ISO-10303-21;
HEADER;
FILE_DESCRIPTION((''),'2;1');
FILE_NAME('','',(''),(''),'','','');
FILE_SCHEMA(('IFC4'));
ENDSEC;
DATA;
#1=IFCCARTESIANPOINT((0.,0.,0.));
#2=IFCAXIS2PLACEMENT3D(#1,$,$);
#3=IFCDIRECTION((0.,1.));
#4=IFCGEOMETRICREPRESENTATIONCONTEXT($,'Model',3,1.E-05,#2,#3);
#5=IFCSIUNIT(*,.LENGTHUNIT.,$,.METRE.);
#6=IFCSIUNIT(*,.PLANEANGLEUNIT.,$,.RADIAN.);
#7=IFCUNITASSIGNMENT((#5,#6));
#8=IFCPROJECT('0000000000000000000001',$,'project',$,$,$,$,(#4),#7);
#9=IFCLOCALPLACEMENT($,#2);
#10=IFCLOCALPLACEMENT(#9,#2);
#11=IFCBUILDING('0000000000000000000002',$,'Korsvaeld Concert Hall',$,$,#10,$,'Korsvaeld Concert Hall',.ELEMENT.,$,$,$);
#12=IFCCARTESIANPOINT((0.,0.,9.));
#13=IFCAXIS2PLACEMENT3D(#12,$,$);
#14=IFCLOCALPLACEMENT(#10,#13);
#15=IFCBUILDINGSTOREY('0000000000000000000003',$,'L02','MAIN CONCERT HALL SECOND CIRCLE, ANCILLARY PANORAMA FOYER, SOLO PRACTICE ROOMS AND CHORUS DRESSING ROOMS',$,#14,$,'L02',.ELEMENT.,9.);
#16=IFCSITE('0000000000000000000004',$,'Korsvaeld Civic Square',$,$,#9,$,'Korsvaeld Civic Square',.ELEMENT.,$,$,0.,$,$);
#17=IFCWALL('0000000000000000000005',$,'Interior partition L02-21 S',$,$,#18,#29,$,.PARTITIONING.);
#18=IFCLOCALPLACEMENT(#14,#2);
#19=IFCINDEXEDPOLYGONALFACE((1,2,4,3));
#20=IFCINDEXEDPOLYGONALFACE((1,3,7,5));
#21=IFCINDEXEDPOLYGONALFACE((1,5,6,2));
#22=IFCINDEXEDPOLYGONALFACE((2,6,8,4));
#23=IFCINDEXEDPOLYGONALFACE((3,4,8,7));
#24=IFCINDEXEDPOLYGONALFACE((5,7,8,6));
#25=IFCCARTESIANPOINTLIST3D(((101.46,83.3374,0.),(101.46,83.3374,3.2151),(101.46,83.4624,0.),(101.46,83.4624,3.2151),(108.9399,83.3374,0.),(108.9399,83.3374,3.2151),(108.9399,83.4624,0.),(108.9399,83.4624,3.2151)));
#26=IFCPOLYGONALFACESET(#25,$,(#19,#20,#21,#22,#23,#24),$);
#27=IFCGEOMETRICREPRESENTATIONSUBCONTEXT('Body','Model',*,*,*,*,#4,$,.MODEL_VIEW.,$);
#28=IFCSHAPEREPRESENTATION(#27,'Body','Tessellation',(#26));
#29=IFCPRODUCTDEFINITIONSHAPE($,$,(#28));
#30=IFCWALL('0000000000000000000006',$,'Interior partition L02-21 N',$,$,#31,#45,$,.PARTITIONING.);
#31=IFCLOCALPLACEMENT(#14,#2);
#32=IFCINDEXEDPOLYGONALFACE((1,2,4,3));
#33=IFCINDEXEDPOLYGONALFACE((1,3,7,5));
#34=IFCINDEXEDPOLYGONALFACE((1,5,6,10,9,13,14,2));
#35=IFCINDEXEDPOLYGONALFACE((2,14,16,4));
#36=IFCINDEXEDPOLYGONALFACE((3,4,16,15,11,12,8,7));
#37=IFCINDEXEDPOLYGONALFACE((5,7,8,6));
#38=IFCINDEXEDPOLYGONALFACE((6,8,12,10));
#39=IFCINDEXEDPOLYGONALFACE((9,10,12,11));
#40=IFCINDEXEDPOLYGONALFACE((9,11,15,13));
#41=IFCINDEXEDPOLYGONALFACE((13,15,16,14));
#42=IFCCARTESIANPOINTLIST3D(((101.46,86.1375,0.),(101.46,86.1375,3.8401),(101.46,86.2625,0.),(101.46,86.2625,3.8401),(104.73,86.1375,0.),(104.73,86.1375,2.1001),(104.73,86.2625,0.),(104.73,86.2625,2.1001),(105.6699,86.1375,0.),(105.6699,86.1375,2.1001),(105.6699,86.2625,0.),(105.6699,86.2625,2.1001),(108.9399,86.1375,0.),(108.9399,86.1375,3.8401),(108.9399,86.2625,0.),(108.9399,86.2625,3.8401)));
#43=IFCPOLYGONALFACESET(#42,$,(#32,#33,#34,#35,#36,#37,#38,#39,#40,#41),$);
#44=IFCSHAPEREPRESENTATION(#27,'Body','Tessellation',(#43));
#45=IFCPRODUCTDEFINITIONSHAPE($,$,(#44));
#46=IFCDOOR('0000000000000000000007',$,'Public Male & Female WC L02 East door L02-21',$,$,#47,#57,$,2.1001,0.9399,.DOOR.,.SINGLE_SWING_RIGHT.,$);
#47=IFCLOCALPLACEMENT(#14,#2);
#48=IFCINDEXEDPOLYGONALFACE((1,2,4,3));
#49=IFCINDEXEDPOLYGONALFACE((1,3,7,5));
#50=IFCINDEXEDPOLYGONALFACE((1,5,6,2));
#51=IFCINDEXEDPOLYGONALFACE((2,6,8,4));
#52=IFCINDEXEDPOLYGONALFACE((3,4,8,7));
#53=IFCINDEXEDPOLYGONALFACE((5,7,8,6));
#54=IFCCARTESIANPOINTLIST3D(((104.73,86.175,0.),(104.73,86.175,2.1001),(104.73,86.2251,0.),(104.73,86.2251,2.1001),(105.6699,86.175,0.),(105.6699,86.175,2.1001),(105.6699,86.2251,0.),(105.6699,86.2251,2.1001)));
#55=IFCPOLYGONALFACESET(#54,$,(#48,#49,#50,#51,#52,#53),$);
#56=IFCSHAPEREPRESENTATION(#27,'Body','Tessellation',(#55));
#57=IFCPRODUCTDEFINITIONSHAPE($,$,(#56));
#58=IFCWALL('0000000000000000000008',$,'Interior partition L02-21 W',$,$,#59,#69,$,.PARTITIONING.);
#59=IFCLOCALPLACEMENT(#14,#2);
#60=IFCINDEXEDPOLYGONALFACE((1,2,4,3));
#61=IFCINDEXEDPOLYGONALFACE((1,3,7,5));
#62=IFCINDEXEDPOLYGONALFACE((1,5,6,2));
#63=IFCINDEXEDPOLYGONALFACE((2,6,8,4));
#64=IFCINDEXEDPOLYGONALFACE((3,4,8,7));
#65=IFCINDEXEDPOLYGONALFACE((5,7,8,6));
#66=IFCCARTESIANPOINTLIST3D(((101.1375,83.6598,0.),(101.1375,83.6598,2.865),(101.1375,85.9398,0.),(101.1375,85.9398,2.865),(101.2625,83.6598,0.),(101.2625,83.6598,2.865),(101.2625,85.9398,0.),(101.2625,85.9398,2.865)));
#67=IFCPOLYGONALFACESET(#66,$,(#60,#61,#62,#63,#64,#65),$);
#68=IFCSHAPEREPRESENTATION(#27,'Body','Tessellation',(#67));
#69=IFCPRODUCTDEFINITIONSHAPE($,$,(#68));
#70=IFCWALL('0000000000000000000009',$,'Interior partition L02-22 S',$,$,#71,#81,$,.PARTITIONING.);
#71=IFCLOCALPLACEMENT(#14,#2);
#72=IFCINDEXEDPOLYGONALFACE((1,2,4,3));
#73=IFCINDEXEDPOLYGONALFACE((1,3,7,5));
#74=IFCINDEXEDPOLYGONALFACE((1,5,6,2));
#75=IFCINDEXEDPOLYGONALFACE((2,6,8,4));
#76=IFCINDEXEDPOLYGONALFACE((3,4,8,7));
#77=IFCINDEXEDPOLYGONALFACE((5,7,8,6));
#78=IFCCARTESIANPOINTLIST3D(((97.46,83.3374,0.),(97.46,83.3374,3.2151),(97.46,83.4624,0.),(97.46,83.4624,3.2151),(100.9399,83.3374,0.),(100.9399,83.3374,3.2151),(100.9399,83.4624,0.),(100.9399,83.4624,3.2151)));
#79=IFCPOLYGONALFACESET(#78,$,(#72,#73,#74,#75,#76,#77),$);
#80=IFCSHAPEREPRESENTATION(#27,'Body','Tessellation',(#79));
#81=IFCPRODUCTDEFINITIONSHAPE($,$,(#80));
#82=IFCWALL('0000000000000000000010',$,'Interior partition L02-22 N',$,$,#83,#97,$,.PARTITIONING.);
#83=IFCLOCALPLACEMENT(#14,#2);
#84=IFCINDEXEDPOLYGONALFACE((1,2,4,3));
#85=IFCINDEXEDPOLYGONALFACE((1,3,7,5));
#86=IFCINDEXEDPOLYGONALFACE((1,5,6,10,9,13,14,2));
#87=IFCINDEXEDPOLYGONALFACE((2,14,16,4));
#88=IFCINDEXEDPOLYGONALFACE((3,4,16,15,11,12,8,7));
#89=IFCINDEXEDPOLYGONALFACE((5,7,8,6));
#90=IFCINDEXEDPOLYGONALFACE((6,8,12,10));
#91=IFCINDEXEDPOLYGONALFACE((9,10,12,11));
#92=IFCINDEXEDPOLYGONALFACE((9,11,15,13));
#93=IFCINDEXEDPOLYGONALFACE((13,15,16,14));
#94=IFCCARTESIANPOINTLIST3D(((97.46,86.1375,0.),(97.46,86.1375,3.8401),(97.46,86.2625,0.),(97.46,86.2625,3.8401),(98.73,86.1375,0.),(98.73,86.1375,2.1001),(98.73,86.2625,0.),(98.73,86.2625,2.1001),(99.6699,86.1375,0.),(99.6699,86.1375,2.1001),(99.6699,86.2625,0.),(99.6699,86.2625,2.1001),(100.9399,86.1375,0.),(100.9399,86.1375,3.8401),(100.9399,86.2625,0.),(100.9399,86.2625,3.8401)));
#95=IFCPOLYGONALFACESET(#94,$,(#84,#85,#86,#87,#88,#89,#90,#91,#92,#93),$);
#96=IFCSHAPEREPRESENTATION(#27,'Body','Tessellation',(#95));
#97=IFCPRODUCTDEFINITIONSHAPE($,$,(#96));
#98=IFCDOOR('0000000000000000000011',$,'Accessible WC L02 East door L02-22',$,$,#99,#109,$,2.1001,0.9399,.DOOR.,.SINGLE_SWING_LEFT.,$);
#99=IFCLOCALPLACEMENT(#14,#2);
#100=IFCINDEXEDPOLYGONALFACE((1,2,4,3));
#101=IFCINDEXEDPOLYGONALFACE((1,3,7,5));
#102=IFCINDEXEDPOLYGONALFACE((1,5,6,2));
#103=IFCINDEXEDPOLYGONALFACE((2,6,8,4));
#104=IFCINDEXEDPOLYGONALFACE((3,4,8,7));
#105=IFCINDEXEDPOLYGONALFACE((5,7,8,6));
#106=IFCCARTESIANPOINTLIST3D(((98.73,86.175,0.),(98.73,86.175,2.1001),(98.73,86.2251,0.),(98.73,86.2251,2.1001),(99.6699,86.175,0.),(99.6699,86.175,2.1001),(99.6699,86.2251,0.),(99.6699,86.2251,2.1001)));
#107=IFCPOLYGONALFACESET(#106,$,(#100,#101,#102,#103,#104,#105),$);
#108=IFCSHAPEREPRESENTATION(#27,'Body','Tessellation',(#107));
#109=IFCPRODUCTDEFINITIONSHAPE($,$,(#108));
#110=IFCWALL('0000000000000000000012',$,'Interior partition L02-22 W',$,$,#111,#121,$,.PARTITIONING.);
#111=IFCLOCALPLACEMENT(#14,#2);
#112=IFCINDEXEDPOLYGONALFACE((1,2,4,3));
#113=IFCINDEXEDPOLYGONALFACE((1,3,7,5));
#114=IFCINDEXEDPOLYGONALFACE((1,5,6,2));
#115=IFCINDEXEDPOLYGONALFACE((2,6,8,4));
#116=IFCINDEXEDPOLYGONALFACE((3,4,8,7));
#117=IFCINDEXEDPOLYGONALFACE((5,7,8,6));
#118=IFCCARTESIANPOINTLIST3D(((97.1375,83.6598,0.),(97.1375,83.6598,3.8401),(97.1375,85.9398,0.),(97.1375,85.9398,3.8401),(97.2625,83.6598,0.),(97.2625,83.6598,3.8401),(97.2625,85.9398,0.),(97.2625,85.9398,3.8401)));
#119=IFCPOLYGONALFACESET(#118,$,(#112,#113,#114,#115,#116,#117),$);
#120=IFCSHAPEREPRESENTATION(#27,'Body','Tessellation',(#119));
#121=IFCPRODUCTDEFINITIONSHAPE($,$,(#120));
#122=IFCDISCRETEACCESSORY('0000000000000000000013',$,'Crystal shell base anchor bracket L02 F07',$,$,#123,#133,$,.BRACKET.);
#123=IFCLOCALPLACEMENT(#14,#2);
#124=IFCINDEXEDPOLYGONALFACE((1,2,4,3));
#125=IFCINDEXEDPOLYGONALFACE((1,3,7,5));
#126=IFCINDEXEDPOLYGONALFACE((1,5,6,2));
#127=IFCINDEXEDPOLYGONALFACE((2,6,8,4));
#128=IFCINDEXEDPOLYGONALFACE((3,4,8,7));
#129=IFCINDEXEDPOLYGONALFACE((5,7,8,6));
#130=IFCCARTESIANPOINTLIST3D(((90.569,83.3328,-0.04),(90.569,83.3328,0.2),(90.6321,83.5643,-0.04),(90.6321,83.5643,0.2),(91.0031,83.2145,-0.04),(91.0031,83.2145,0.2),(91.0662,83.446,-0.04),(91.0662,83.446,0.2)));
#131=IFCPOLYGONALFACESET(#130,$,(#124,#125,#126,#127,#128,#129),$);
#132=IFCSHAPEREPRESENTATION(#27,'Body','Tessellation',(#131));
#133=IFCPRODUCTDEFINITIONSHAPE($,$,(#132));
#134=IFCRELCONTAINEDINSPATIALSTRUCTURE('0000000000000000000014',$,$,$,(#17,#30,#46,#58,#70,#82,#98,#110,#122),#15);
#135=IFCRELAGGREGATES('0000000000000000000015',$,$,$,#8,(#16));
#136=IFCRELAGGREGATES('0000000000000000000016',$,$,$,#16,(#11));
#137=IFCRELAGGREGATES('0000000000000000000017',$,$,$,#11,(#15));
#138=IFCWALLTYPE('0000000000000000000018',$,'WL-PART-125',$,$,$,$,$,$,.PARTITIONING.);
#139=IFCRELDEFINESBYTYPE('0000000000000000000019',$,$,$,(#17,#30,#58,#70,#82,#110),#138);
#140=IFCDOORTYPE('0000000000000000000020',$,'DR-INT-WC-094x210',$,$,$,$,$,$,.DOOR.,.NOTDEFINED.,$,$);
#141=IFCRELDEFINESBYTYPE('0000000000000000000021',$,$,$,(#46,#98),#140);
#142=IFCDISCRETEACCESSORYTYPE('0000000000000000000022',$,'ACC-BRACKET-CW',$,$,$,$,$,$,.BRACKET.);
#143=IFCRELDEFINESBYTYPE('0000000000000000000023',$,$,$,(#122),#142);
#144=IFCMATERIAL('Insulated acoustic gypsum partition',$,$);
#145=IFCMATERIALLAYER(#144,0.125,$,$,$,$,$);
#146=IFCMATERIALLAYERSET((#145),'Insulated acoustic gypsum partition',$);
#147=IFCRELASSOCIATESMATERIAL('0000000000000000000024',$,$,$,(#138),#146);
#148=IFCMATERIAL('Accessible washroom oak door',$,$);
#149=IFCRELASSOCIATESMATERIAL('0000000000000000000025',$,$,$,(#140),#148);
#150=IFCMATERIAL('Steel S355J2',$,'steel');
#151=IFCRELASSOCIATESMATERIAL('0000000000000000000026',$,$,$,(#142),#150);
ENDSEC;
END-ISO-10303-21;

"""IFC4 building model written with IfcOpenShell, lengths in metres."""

from ifc_helpers import new_model, si_unit, direction, frame, frame_2d, origin, origin_2d, place, context, subcontext, project, spatial, rectangle, extrude, material, layer, layer_set, type_object, element, fill, save


model = new_model("IFC4")

# Units and contexts
model_context = context("Model", 3, precision=1e-05, world=origin(), true_north=direction((0.0, 1.0)))
body_context = subcontext(model_context, "Body", "Model", "MODEL_VIEW")
ifc_project = project(units=[si_unit("LENGTHUNIT", "METRE"), si_unit("PLANEANGLEUNIT", "RADIAN")], contexts=[model_context])

# Site, building, storey
site_placement = place(None, origin())
site = spatial("IfcSite", under=ifc_project, at=site_placement, Name="Korsvaeld Civic Square", LongName="Korsvaeld Civic Square", CompositionType="ELEMENT", RefElevation=0.0)
building_placement = place(site_placement, origin())
building = spatial("IfcBuilding", under=site, at=building_placement, Name="Korsvaeld Concert Hall", LongName="Korsvaeld Concert Hall", CompositionType="ELEMENT")
storey_placement = place(building_placement, frame((0.0, 0.0, 9.0)))
storey = spatial("IfcBuildingStorey", under=building, at=storey_placement, Name="L02", Description="MAIN CONCERT HALL SECOND CIRCLE, ANCILLARY PANORAMA FOYER, SOLO PRACTICE ROOMS AND CHORUS DRESSING ROOMS", LongName="L02", CompositionType="ELEMENT", Elevation=9.0)

# Shared definitions
ifc_material_1 = material(Name="Steel S355J2", Category="steel")

# Wall
ifc_material_2 = material(Name="Insulated acoustic gypsum partition")
ifc_layer_1 = layer(ifc_material_2, 0.125)
ifc_layer_set_1 = layer_set([ifc_layer_1], Name="Insulated acoustic gypsum partition")
wall_type = type_object("IfcWallType", Name="WL-PART-125", PredefinedType="PARTITIONING", material=ifc_layer_set_1)
wall_1_placement = place(storey_placement, frame((101.46, 83.3999, 0.0), z_axis=(0.0, 0.0, 1.0), x_axis=(1.0, 0.0, 0.0)))
element("IfcWall", 1, at=wall_1_placement, inside=storey, type_object=wall_type, Name="Interior partition L02-21 S", PredefinedType="PARTITIONING", context=body_context, shape_type="SweptSolid", body=[
    extrude(rectangle(XDim=7.48, YDim=0.125, at=frame_2d((3.74, 0.0))), origin(), (0.0, 0.0, 1.0), 3.2151),
])

# Wall, opening, door
wall_2_placement = place(storey_placement, frame((108.9399, 86.2, 0.0), z_axis=(0.0, 0.0, 1.0), x_axis=(-1.0, 0.0, 0.0)))
wall_2 = element("IfcWall", 2, at=wall_2_placement, inside=storey, type_object=wall_type, Name="Interior partition L02-21 N", PredefinedType="PARTITIONING", context=body_context, shape_type="SweptSolid", body=[
    extrude(rectangle(XDim=7.48, YDim=0.125, at=frame_2d((3.74, 0.0))), origin(), (0.0, 0.0, 1.0), 3.8401),
])
opening_1_placement = place(wall_2_placement, frame((3.27, 0.0, 0.0)))
opening_1 = element("IfcOpeningElement", 3, at=opening_1_placement, cuts=wall_2, PredefinedType="OPENING", context=body_context, shape_type="SweptSolid", body=[
    extrude(rectangle(XDim=0.9399, YDim=2.1001, at=frame_2d((0.47, 1.05))), frame((0.0, 0.0725, 0.0), z_axis=(0.0, -1.0, 0.0), x_axis=(1.0, 0.0, 0.0)), (0.0, 0.0, 1.0), 0.145),
])
ifc_material_3 = material(Name="Accessible washroom oak door")
door_type = type_object("IfcDoorType", Name="DR-INT-WC-094x210", OperationType="NOTDEFINED", PredefinedType="DOOR", material=ifc_material_3)
door_1_placement = place(opening_1_placement, origin())
door_1 = element("IfcDoor", 4, at=door_1_placement, inside=storey, type_object=door_type, Name="Public Male & Female WC L02 East door L02-21", OperationType="SINGLE_SWING_RIGHT", OverallHeight=2.1001, OverallWidth=0.9399, PredefinedType="DOOR", context=body_context, shape_type="SweptSolid", body=[
    extrude(rectangle(XDim=0.9399, YDim=2.1001, at=frame_2d((0.47, 1.05))), frame((0.0, 0.0249, 0.0), z_axis=(0.0, -1.0, 0.0), x_axis=(1.0, 0.0, 0.0)), (0.0, 0.0, 1.0), 0.05),
])
fill(opening_1, door_1)

# Walls
wall_3_placement = place(storey_placement, frame((101.2, 85.9399, 0.0), z_axis=(0.0, 0.0, 1.0), x_axis=(0.0, -1.0, 0.0)))
element("IfcWall", 5, at=wall_3_placement, inside=storey, type_object=wall_type, Name="Interior partition L02-21 W", PredefinedType="PARTITIONING", context=body_context, shape_type="SweptSolid", body=[
    extrude(rectangle(XDim=2.28, YDim=0.125, at=frame_2d((1.1401, 0.0))), origin(), (0.0, 0.0, 1.0), 2.865),
])
wall_4_placement = place(storey_placement, frame((97.46, 83.3999, 0.0), z_axis=(0.0, 0.0, 1.0), x_axis=(1.0, 0.0, 0.0)))
element("IfcWall", 6, at=wall_4_placement, inside=storey, type_object=wall_type, Name="Interior partition L02-22 S", PredefinedType="PARTITIONING", context=body_context, shape_type="SweptSolid", body=[
    extrude(rectangle(XDim=3.48, YDim=0.125, at=frame_2d((1.74, 0.0))), origin(), (0.0, 0.0, 1.0), 3.2151),
])

# Wall, opening, door
wall_5_placement = place(storey_placement, frame((100.9399, 86.2, 0.0), z_axis=(0.0, 0.0, 1.0), x_axis=(-1.0, 0.0, 0.0)))
wall_5 = element("IfcWall", 7, at=wall_5_placement, inside=storey, type_object=wall_type, Name="Interior partition L02-22 N", PredefinedType="PARTITIONING", context=body_context, shape_type="SweptSolid", body=[
    extrude(rectangle(XDim=3.48, YDim=0.125, at=frame_2d((1.74, 0.0))), origin(), (0.0, 0.0, 1.0), 3.8401),
])
opening_2_placement = place(wall_5_placement, frame((1.27, 0.0, 0.0)))
opening_2 = element("IfcOpeningElement", 8, at=opening_2_placement, cuts=wall_5, PredefinedType="OPENING", context=body_context, shape_type="SweptSolid", body=[
    extrude(rectangle(XDim=0.9399, YDim=2.1001, at=frame_2d((0.47, 1.05))), frame((0.0, 0.0725, 0.0), z_axis=(0.0, -1.0, 0.0), x_axis=(1.0, 0.0, 0.0)), (0.0, 0.0, 1.0), 0.145),
])
door_2_placement = place(opening_2_placement, origin())
door_2 = element("IfcDoor", 9, at=door_2_placement, inside=storey, type_object=door_type, Name="Accessible WC L02 East door L02-22", OperationType="SINGLE_SWING_LEFT", OverallHeight=2.1001, OverallWidth=0.9399, PredefinedType="DOOR", context=body_context, shape_type="SweptSolid", body=[
    extrude(rectangle(XDim=0.9399, YDim=2.1001, at=frame_2d((0.47, 1.05))), frame((0.0, 0.0249, 0.0), z_axis=(0.0, -1.0, 0.0), x_axis=(1.0, 0.0, 0.0)), (0.0, 0.0, 1.0), 0.05),
])
fill(opening_2, door_2)

# Wall
wall_6_placement = place(storey_placement, frame((97.2, 85.9399, 0.0), z_axis=(0.0, 0.0, 1.0), x_axis=(0.0, -1.0, 0.0)))
element("IfcWall", 10, at=wall_6_placement, inside=storey, type_object=wall_type, Name="Interior partition L02-22 W", PredefinedType="PARTITIONING", context=body_context, shape_type="SweptSolid", body=[
    extrude(rectangle(XDim=2.28, YDim=0.125, at=frame_2d((1.1401, 0.0))), origin(), (0.0, 0.0, 1.0), 3.8401),
])

# Discrete accessory
discrete_accessory_type = type_object("IfcDiscreteAccessoryType", Name="ACC-BRACKET-CW", PredefinedType="BRACKET", material=ifc_material_1)
discrete_accessory_placement = place(storey_placement, frame((90.8176, 83.3894, -0.04), z_axis=(0.0, 0.0, 1.0), x_axis=(-0.964833, 0.262863, 0.0)))
element("IfcDiscreteAccessory", 11, at=discrete_accessory_placement, inside=storey, type_object=discrete_accessory_type, Name="Crystal shell base anchor bracket L02 F07", PredefinedType="BRACKET", context=body_context, shape_type="SweptSolid", body=[
    extrude(rectangle(XDim=0.45, YDim=0.24, at=origin_2d()), origin(), (0.0, 0.0, 1.0), 0.24),
])

save(model, "model.ifc")
